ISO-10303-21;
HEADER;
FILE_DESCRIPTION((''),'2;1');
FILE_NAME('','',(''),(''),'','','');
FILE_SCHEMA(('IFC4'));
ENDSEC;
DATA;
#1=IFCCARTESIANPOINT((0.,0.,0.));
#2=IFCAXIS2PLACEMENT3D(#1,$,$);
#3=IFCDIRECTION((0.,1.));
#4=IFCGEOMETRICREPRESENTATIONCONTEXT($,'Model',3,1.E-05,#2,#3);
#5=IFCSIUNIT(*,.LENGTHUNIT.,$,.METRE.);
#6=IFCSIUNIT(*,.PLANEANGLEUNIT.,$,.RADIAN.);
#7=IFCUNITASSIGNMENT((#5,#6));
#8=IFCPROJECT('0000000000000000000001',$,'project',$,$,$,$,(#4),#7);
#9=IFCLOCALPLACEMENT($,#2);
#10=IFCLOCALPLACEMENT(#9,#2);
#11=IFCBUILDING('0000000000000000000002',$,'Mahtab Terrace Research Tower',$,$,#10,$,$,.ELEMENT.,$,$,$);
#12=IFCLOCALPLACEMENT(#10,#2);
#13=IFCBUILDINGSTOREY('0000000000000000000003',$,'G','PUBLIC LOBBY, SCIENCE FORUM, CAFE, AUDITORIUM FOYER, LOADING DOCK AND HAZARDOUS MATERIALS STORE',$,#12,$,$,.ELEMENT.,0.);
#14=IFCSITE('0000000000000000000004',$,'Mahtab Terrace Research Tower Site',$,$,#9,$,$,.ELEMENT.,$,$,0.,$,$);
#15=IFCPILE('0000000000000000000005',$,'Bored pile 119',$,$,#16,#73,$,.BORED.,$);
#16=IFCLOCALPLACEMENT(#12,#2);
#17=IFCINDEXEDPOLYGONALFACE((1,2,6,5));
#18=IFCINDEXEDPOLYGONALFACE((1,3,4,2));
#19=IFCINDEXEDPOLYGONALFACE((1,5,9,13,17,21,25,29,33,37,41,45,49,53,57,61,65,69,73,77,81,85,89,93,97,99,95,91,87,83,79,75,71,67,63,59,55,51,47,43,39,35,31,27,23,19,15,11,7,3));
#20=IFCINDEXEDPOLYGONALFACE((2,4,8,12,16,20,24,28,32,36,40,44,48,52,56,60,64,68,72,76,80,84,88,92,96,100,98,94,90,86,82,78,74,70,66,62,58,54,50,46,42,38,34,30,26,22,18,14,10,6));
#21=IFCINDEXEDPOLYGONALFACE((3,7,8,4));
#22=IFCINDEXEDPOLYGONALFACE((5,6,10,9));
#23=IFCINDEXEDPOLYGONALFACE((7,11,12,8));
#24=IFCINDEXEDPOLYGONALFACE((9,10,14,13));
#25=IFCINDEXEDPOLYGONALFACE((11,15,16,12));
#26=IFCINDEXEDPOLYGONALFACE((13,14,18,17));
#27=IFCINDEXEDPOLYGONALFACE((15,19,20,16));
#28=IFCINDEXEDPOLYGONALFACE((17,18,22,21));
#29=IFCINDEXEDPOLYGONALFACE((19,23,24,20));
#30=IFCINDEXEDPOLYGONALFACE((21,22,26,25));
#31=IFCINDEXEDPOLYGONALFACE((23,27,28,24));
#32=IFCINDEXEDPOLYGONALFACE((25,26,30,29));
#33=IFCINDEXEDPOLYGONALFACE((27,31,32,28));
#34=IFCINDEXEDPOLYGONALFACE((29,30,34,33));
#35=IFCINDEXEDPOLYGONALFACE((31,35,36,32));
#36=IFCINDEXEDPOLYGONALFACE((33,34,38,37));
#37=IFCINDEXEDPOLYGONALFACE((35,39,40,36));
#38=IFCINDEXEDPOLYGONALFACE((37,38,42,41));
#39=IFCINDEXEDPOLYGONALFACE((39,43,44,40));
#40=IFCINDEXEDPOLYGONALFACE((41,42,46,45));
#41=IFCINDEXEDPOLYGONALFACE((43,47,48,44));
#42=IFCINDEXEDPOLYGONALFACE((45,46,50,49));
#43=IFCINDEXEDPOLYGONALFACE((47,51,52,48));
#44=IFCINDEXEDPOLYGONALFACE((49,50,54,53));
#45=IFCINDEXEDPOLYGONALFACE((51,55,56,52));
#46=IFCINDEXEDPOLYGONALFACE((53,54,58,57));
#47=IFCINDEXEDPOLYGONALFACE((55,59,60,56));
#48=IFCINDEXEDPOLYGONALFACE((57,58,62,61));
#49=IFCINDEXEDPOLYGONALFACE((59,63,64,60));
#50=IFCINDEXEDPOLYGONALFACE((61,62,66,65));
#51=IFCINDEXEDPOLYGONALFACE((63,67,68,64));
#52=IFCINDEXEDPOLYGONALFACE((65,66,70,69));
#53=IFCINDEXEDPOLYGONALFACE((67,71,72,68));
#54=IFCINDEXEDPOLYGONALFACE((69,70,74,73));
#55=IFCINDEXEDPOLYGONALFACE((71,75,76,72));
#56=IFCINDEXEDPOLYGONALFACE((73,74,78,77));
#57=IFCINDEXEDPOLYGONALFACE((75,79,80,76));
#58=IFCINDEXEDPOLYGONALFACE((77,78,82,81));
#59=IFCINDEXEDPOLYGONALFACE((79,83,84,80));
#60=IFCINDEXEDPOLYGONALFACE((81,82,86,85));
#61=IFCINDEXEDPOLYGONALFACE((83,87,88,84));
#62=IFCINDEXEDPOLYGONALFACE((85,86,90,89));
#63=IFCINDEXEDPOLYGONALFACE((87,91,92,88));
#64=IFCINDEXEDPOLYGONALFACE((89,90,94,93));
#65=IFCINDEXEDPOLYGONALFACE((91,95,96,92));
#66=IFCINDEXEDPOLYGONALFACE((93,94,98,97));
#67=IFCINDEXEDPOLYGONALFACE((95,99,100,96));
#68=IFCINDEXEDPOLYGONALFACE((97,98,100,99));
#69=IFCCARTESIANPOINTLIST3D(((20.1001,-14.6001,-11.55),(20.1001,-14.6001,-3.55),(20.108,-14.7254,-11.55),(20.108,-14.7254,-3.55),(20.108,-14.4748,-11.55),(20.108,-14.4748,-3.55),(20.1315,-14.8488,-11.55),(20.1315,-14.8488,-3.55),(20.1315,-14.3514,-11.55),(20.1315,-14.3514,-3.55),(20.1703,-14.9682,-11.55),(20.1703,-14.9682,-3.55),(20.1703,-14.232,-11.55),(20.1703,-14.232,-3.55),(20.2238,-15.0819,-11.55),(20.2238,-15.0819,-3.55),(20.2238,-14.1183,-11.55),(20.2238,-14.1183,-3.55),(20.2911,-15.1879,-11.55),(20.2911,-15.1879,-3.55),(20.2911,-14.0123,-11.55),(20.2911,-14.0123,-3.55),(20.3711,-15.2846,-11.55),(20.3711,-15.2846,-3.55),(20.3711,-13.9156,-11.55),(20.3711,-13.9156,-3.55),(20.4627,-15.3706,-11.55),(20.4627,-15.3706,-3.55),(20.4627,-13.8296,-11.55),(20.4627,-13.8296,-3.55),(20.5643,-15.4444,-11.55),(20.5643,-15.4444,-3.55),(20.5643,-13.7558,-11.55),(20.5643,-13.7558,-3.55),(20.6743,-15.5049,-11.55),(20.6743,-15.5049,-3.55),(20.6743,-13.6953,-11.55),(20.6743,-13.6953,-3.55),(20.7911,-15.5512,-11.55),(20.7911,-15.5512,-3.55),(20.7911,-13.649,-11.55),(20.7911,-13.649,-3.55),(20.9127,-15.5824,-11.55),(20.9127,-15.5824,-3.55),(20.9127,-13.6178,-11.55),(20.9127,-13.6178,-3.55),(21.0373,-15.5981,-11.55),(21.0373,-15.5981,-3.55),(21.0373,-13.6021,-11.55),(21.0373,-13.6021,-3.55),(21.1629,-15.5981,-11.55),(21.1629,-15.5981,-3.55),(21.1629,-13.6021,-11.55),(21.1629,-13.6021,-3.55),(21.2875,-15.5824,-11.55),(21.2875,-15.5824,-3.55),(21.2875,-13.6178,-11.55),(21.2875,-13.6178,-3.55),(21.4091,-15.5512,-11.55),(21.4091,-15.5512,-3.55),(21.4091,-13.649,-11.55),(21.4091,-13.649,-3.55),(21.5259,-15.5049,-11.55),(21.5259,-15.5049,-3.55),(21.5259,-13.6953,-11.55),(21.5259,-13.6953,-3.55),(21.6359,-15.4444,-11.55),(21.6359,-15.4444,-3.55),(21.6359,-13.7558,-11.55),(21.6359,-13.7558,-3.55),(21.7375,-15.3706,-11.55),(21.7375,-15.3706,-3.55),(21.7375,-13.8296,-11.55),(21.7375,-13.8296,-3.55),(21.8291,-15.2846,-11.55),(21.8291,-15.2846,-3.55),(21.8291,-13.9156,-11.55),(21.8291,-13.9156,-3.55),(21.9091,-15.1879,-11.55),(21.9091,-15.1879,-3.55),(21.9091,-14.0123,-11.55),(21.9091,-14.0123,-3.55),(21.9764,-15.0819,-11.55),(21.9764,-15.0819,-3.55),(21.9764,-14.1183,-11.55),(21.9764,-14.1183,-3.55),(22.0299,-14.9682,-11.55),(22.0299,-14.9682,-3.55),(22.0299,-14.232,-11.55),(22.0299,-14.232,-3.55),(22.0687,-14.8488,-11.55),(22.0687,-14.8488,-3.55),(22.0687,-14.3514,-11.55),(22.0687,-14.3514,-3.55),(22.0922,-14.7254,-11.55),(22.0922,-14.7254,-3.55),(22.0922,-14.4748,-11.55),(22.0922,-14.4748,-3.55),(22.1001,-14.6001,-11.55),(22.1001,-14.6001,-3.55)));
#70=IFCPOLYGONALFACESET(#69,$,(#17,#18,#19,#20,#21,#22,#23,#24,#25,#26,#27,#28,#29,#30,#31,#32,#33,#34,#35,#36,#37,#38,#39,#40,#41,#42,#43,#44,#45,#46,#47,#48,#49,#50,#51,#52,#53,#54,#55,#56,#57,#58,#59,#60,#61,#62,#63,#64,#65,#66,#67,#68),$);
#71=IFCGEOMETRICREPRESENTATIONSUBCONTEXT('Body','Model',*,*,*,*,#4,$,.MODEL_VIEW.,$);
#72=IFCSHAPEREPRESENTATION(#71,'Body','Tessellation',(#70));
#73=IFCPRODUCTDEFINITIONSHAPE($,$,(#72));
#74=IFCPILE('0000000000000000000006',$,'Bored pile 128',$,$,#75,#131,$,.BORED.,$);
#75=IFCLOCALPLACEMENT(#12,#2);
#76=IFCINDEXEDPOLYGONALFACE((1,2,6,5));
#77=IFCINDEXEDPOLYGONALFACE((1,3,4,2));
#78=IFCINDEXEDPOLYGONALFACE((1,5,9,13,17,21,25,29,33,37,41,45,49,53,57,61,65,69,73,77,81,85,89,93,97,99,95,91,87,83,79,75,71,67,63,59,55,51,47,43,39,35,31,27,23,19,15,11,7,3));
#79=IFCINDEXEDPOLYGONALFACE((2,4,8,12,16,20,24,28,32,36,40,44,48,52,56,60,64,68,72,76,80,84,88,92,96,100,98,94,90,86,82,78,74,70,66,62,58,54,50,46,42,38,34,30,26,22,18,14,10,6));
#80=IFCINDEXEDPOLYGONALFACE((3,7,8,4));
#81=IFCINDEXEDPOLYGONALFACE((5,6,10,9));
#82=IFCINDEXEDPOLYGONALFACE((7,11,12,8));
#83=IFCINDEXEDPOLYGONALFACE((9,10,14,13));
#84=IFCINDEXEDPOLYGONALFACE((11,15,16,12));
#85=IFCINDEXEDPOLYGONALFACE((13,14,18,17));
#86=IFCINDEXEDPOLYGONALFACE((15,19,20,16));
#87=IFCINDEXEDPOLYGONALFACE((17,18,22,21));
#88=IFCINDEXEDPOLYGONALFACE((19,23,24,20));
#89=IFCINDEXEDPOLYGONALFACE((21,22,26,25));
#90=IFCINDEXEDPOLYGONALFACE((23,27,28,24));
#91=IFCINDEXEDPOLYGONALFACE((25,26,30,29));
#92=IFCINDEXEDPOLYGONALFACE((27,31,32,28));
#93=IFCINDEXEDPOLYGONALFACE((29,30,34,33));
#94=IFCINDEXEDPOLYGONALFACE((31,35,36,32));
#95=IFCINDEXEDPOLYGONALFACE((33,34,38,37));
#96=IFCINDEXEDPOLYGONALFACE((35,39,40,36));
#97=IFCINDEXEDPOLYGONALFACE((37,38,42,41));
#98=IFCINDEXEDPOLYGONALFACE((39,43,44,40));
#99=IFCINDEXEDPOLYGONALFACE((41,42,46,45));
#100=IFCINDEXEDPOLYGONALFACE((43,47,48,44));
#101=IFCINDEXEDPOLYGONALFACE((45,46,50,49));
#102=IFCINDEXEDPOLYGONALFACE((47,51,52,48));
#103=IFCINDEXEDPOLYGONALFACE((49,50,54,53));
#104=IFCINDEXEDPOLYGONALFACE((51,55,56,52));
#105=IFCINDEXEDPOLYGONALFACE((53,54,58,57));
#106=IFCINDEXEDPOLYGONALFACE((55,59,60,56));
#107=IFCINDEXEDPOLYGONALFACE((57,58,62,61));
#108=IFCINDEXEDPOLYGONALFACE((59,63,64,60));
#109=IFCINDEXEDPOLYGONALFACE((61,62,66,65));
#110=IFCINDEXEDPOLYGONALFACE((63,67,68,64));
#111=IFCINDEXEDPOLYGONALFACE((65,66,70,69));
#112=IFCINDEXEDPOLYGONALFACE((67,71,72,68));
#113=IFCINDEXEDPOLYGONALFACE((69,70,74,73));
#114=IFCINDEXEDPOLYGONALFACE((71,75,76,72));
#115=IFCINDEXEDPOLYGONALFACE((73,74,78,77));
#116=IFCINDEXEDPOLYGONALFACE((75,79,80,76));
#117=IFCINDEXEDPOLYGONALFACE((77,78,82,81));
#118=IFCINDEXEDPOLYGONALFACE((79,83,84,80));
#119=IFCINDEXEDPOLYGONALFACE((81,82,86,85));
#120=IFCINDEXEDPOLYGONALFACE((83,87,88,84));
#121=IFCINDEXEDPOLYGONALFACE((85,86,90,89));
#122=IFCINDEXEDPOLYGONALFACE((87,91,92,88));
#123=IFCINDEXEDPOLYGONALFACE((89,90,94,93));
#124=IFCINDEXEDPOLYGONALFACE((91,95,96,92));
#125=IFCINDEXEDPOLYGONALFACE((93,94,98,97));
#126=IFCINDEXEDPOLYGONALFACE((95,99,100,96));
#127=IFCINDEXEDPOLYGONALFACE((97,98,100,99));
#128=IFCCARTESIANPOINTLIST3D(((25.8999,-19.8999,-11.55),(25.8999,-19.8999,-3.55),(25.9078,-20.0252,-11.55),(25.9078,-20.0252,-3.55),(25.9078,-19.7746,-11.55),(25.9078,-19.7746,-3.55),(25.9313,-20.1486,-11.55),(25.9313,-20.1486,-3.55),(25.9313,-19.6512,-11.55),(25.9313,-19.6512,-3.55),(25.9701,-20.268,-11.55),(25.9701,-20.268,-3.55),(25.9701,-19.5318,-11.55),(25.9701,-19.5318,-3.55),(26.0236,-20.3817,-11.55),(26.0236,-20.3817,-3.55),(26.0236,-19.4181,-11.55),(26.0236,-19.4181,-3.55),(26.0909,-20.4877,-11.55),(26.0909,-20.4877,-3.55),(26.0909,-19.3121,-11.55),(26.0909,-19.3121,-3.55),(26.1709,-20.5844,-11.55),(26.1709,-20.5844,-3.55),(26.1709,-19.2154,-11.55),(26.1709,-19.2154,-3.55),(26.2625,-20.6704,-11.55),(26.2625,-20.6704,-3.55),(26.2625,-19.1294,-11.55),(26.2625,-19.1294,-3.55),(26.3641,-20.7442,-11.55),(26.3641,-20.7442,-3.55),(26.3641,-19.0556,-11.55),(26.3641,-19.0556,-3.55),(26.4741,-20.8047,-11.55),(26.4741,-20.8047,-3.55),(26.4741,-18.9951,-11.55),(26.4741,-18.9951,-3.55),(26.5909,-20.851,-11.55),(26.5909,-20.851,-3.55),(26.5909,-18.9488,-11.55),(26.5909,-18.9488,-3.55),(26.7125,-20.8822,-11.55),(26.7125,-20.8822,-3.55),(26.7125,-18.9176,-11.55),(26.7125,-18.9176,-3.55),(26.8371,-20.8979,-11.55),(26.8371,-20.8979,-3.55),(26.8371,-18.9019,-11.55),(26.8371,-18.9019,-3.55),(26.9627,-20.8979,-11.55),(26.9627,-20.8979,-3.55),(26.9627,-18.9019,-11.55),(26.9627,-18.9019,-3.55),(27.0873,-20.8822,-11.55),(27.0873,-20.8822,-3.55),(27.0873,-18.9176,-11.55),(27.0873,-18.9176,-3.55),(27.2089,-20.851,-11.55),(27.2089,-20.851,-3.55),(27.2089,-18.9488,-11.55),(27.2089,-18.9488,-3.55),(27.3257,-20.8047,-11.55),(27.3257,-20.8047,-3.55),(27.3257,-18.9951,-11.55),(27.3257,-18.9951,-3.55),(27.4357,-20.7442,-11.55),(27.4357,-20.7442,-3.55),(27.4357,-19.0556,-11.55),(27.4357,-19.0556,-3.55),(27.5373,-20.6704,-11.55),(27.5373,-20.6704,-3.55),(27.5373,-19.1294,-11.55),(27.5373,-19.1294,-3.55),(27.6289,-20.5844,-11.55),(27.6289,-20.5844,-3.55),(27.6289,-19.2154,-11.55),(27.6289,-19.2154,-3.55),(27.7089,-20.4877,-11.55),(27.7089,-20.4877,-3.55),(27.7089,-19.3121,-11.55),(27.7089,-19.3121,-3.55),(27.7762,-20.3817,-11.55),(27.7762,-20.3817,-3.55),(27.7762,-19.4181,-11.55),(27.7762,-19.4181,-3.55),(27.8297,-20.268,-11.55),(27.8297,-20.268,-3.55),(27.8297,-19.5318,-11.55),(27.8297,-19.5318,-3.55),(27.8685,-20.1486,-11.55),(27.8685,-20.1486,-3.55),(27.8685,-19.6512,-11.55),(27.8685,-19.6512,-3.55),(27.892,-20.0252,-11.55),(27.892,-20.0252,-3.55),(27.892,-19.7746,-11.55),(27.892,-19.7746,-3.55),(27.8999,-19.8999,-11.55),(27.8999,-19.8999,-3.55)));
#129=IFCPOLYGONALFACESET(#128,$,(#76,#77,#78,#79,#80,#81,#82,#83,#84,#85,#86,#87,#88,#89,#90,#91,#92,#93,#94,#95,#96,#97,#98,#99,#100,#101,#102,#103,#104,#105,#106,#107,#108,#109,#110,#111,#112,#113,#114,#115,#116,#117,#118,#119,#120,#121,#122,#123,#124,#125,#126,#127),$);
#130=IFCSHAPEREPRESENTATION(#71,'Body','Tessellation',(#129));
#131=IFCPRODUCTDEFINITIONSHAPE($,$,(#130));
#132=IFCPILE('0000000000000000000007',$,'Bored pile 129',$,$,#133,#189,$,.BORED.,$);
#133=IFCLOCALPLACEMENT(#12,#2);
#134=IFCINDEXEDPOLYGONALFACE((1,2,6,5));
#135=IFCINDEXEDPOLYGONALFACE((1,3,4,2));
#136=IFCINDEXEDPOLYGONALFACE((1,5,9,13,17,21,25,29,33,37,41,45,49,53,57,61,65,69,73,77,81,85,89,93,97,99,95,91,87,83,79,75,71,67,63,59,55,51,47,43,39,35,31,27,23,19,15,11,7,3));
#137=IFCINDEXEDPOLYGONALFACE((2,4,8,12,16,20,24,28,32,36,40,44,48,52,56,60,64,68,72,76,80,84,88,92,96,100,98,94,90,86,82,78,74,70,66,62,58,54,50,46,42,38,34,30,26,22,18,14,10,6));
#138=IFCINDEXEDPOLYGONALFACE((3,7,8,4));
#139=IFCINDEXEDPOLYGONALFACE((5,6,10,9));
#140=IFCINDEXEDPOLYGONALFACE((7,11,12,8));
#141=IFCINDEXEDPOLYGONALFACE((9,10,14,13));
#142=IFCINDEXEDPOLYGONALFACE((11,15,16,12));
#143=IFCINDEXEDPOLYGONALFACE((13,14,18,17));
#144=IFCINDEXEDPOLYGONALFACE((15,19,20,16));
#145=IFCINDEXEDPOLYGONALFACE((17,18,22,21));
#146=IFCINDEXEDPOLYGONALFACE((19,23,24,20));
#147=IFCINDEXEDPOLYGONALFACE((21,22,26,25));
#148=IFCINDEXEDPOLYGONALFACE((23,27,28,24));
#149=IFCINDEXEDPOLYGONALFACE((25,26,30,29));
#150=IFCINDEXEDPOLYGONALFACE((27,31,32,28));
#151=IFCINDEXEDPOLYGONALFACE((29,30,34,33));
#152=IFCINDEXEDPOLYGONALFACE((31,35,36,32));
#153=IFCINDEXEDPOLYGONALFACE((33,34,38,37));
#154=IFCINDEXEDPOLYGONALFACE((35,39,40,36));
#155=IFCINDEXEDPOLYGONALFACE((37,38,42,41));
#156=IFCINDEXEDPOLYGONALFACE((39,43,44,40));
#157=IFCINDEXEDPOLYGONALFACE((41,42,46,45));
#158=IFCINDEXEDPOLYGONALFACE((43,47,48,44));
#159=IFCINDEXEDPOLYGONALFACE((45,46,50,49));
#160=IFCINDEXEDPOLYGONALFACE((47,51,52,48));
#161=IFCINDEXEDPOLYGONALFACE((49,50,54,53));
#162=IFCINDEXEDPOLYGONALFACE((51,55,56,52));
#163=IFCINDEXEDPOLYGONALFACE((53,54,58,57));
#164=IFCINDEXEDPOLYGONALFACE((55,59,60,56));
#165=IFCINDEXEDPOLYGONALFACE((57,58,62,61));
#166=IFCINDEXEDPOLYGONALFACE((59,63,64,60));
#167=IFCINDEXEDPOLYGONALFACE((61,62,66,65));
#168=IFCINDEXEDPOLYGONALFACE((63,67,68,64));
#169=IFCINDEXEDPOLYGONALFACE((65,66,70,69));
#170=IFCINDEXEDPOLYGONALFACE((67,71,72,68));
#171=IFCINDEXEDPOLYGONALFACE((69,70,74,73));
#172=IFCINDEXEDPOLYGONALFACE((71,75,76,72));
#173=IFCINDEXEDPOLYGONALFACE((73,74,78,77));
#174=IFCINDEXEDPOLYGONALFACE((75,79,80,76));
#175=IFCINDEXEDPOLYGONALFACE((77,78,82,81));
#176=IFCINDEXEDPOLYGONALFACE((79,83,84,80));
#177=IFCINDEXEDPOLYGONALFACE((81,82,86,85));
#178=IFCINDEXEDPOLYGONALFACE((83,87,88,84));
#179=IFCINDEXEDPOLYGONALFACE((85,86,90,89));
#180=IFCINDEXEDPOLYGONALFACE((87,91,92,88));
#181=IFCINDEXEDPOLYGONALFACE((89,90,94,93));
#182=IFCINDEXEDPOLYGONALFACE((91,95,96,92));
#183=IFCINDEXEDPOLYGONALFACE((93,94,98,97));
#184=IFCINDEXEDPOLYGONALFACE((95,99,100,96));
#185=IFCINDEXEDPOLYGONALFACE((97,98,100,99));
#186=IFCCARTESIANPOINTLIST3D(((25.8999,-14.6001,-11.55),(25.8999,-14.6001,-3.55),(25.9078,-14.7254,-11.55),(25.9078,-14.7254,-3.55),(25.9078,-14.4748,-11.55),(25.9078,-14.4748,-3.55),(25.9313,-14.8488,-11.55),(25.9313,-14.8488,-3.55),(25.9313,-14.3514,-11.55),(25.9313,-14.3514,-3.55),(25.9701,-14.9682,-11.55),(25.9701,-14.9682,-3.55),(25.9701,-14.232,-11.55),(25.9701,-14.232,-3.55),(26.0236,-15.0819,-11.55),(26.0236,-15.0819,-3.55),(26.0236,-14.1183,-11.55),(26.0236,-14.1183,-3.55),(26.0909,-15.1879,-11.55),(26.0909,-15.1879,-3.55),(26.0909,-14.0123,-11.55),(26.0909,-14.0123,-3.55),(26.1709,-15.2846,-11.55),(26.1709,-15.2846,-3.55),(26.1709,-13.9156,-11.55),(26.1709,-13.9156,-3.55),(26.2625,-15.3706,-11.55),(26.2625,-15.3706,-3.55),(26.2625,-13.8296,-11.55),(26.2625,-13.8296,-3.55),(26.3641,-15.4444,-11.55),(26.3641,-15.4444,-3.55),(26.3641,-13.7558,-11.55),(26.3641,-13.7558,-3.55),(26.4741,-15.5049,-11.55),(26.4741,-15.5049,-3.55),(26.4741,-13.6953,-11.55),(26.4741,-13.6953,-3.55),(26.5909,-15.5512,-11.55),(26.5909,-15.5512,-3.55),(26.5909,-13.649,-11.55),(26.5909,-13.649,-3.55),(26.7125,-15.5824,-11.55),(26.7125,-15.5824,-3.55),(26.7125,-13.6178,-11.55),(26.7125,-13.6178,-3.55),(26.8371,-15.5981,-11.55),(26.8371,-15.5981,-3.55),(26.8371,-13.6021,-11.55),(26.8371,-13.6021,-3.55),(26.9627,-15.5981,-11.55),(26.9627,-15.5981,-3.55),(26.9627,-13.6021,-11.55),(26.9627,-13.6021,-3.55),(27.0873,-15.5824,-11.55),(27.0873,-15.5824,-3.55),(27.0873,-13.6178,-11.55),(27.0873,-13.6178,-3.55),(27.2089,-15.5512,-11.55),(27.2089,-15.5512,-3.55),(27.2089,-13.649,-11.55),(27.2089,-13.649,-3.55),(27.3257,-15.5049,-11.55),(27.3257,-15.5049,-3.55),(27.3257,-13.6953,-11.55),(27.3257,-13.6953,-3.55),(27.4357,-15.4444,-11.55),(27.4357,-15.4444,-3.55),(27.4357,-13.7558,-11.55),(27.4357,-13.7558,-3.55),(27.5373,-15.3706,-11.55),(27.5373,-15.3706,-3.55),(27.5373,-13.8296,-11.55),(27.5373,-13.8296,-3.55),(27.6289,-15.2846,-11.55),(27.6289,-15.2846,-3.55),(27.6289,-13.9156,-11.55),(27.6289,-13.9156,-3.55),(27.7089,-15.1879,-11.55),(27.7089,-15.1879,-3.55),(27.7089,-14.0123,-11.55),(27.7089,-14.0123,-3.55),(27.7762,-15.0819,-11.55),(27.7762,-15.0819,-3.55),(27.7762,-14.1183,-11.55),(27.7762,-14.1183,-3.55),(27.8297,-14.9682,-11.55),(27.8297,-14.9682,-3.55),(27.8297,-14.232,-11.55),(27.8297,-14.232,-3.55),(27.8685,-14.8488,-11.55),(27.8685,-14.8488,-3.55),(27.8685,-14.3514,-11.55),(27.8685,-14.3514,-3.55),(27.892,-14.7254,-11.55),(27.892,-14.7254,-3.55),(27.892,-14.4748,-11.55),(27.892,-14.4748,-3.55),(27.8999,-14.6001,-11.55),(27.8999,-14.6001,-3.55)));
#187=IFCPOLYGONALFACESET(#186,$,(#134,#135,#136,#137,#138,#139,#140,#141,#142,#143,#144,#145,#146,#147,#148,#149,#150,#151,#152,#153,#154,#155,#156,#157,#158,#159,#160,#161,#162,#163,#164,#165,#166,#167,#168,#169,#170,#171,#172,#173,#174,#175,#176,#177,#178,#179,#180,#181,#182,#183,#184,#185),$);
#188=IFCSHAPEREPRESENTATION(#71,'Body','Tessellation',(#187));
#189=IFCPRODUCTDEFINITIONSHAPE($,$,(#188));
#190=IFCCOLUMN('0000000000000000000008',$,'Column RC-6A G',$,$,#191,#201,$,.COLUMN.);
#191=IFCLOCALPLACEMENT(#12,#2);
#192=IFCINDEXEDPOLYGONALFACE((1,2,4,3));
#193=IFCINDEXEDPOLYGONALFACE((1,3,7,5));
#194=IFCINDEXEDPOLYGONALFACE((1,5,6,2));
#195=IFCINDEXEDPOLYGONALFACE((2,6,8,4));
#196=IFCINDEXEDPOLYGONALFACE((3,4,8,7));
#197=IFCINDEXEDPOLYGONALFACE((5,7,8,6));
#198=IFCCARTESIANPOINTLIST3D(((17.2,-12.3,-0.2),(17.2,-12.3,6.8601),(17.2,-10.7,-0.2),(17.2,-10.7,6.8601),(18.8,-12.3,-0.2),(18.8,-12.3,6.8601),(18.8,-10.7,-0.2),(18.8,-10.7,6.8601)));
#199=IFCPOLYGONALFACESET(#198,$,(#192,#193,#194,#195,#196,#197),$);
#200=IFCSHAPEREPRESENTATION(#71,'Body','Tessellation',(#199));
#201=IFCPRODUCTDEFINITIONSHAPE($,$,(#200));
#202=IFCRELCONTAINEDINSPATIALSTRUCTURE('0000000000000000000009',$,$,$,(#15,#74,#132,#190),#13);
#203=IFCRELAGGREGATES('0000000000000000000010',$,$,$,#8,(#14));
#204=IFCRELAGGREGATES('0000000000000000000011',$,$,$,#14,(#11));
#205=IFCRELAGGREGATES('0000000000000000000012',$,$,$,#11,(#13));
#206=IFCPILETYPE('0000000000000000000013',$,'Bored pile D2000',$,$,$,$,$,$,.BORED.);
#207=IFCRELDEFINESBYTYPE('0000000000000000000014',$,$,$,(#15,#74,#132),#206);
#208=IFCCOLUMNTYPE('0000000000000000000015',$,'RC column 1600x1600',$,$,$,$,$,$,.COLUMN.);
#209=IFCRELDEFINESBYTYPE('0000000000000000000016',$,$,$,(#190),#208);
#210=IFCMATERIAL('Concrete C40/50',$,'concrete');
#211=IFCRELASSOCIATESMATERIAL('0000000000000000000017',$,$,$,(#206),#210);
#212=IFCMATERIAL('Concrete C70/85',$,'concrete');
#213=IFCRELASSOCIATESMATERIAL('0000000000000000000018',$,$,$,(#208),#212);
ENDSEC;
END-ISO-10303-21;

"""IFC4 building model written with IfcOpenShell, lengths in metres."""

from ifc_helpers import new_model, si_unit, direction, frame, origin, origin_2d, place, context, subcontext, project, spatial, rectangle, circle, extrude, material, material_profile, profile_set, type_object, element, save


model = new_model("IFC4")

# Units and contexts
model_context = context("Model", 3, precision=1e-05, world=origin(), true_north=direction((0.0, 1.0)))
body_context = subcontext(model_context, "Body", "Model", "MODEL_VIEW")
ifc_project = project(units=[si_unit("LENGTHUNIT", "METRE"), si_unit("PLANEANGLEUNIT", "RADIAN")], contexts=[model_context])

# Site, building, storey
site_placement = place(None, origin())
site = spatial("IfcSite", under=ifc_project, at=site_placement, Name="Mahtab Terrace Research Tower Site", CompositionType="ELEMENT", RefElevation=0.0)
building_placement = place(site_placement, origin())
building = spatial("IfcBuilding", under=site, at=building_placement, Name="Mahtab Terrace Research Tower", CompositionType="ELEMENT")
storey_placement = place(building_placement, origin())
storey = spatial("IfcBuildingStorey", under=building, at=storey_placement, Name="G", Description="PUBLIC LOBBY, SCIENCE FORUM, CAFE, AUDITORIUM FOYER, LOADING DOCK AND HAZARDOUS MATERIALS STORE", CompositionType="ELEMENT", Elevation=0.0)

# Piles
ifc_material_1 = material(Name="Concrete C40/50", Category="concrete")
ifc_material_profile_1 = material_profile(ifc_material_1, circle(Radius=1.0, at=origin_2d()), Name="Bored pile D2000")
ifc_profile_set_1 = profile_set([ifc_material_profile_1], Name="Concrete C40/50")
pile_type = type_object("IfcPileType", Name="Bored pile D2000", PredefinedType="BORED", material=ifc_profile_set_1)
for number, where, z_axis, x_axis, name in (
    (1, (21.1001, -14.6001, -3.55), (0.0, 0.0, -1.0), (1.0, 0.0, 0.0), "Bored pile 119"),
    (2, (26.8999, -19.8999, -3.55), (0.0, 0.0, -1.0), (1.0, 0.0, 0.0), "Bored pile 128"),
    (3, (26.8999, -14.6001, -3.55), (0.0, 0.0, -1.0), (1.0, 0.0, 0.0), "Bored pile 129"),
):
    element("IfcPile", number, at=place(storey_placement, frame(where, z_axis=z_axis, x_axis=x_axis)), inside=storey, type_object=pile_type, Name=name, PredefinedType="BORED", context=body_context, shape_type="SweptSolid", body=[
        extrude(circle(Radius=1.0, at=origin_2d()), origin(), (0.0, 0.0, 1.0), 8.0),
    ])

# Column
ifc_material_2 = material(Name="Concrete C70/85", Category="concrete")
ifc_material_profile_2 = material_profile(ifc_material_2, rectangle(XDim=1.6001, YDim=1.6001, at=origin_2d()), Name="RC column 1600x1600")
ifc_profile_set_2 = profile_set([ifc_material_profile_2], Name="Concrete C70/85")
column_type = type_object("IfcColumnType", Name="RC column 1600x1600", PredefinedType="COLUMN", material=ifc_profile_set_2)
for number, where, z_axis, x_axis, name in (
    (4, (18.0, -11.5, -0.2), (0.0, 0.0, 1.0), (1.0, 0.0, 0.0), "Column RC-6A G"),
):
    element("IfcColumn", number, at=place(storey_placement, frame(where, z_axis=z_axis, x_axis=x_axis)), inside=storey, type_object=column_type, Name=name, PredefinedType="COLUMN", context=body_context, shape_type="SweptSolid", body=[
        extrude(rectangle(XDim=1.6001, YDim=1.6001, at=origin_2d()), origin(), (0.0, 0.0, 1.0), 7.0601),
    ])

save(model, "model.ifc")
